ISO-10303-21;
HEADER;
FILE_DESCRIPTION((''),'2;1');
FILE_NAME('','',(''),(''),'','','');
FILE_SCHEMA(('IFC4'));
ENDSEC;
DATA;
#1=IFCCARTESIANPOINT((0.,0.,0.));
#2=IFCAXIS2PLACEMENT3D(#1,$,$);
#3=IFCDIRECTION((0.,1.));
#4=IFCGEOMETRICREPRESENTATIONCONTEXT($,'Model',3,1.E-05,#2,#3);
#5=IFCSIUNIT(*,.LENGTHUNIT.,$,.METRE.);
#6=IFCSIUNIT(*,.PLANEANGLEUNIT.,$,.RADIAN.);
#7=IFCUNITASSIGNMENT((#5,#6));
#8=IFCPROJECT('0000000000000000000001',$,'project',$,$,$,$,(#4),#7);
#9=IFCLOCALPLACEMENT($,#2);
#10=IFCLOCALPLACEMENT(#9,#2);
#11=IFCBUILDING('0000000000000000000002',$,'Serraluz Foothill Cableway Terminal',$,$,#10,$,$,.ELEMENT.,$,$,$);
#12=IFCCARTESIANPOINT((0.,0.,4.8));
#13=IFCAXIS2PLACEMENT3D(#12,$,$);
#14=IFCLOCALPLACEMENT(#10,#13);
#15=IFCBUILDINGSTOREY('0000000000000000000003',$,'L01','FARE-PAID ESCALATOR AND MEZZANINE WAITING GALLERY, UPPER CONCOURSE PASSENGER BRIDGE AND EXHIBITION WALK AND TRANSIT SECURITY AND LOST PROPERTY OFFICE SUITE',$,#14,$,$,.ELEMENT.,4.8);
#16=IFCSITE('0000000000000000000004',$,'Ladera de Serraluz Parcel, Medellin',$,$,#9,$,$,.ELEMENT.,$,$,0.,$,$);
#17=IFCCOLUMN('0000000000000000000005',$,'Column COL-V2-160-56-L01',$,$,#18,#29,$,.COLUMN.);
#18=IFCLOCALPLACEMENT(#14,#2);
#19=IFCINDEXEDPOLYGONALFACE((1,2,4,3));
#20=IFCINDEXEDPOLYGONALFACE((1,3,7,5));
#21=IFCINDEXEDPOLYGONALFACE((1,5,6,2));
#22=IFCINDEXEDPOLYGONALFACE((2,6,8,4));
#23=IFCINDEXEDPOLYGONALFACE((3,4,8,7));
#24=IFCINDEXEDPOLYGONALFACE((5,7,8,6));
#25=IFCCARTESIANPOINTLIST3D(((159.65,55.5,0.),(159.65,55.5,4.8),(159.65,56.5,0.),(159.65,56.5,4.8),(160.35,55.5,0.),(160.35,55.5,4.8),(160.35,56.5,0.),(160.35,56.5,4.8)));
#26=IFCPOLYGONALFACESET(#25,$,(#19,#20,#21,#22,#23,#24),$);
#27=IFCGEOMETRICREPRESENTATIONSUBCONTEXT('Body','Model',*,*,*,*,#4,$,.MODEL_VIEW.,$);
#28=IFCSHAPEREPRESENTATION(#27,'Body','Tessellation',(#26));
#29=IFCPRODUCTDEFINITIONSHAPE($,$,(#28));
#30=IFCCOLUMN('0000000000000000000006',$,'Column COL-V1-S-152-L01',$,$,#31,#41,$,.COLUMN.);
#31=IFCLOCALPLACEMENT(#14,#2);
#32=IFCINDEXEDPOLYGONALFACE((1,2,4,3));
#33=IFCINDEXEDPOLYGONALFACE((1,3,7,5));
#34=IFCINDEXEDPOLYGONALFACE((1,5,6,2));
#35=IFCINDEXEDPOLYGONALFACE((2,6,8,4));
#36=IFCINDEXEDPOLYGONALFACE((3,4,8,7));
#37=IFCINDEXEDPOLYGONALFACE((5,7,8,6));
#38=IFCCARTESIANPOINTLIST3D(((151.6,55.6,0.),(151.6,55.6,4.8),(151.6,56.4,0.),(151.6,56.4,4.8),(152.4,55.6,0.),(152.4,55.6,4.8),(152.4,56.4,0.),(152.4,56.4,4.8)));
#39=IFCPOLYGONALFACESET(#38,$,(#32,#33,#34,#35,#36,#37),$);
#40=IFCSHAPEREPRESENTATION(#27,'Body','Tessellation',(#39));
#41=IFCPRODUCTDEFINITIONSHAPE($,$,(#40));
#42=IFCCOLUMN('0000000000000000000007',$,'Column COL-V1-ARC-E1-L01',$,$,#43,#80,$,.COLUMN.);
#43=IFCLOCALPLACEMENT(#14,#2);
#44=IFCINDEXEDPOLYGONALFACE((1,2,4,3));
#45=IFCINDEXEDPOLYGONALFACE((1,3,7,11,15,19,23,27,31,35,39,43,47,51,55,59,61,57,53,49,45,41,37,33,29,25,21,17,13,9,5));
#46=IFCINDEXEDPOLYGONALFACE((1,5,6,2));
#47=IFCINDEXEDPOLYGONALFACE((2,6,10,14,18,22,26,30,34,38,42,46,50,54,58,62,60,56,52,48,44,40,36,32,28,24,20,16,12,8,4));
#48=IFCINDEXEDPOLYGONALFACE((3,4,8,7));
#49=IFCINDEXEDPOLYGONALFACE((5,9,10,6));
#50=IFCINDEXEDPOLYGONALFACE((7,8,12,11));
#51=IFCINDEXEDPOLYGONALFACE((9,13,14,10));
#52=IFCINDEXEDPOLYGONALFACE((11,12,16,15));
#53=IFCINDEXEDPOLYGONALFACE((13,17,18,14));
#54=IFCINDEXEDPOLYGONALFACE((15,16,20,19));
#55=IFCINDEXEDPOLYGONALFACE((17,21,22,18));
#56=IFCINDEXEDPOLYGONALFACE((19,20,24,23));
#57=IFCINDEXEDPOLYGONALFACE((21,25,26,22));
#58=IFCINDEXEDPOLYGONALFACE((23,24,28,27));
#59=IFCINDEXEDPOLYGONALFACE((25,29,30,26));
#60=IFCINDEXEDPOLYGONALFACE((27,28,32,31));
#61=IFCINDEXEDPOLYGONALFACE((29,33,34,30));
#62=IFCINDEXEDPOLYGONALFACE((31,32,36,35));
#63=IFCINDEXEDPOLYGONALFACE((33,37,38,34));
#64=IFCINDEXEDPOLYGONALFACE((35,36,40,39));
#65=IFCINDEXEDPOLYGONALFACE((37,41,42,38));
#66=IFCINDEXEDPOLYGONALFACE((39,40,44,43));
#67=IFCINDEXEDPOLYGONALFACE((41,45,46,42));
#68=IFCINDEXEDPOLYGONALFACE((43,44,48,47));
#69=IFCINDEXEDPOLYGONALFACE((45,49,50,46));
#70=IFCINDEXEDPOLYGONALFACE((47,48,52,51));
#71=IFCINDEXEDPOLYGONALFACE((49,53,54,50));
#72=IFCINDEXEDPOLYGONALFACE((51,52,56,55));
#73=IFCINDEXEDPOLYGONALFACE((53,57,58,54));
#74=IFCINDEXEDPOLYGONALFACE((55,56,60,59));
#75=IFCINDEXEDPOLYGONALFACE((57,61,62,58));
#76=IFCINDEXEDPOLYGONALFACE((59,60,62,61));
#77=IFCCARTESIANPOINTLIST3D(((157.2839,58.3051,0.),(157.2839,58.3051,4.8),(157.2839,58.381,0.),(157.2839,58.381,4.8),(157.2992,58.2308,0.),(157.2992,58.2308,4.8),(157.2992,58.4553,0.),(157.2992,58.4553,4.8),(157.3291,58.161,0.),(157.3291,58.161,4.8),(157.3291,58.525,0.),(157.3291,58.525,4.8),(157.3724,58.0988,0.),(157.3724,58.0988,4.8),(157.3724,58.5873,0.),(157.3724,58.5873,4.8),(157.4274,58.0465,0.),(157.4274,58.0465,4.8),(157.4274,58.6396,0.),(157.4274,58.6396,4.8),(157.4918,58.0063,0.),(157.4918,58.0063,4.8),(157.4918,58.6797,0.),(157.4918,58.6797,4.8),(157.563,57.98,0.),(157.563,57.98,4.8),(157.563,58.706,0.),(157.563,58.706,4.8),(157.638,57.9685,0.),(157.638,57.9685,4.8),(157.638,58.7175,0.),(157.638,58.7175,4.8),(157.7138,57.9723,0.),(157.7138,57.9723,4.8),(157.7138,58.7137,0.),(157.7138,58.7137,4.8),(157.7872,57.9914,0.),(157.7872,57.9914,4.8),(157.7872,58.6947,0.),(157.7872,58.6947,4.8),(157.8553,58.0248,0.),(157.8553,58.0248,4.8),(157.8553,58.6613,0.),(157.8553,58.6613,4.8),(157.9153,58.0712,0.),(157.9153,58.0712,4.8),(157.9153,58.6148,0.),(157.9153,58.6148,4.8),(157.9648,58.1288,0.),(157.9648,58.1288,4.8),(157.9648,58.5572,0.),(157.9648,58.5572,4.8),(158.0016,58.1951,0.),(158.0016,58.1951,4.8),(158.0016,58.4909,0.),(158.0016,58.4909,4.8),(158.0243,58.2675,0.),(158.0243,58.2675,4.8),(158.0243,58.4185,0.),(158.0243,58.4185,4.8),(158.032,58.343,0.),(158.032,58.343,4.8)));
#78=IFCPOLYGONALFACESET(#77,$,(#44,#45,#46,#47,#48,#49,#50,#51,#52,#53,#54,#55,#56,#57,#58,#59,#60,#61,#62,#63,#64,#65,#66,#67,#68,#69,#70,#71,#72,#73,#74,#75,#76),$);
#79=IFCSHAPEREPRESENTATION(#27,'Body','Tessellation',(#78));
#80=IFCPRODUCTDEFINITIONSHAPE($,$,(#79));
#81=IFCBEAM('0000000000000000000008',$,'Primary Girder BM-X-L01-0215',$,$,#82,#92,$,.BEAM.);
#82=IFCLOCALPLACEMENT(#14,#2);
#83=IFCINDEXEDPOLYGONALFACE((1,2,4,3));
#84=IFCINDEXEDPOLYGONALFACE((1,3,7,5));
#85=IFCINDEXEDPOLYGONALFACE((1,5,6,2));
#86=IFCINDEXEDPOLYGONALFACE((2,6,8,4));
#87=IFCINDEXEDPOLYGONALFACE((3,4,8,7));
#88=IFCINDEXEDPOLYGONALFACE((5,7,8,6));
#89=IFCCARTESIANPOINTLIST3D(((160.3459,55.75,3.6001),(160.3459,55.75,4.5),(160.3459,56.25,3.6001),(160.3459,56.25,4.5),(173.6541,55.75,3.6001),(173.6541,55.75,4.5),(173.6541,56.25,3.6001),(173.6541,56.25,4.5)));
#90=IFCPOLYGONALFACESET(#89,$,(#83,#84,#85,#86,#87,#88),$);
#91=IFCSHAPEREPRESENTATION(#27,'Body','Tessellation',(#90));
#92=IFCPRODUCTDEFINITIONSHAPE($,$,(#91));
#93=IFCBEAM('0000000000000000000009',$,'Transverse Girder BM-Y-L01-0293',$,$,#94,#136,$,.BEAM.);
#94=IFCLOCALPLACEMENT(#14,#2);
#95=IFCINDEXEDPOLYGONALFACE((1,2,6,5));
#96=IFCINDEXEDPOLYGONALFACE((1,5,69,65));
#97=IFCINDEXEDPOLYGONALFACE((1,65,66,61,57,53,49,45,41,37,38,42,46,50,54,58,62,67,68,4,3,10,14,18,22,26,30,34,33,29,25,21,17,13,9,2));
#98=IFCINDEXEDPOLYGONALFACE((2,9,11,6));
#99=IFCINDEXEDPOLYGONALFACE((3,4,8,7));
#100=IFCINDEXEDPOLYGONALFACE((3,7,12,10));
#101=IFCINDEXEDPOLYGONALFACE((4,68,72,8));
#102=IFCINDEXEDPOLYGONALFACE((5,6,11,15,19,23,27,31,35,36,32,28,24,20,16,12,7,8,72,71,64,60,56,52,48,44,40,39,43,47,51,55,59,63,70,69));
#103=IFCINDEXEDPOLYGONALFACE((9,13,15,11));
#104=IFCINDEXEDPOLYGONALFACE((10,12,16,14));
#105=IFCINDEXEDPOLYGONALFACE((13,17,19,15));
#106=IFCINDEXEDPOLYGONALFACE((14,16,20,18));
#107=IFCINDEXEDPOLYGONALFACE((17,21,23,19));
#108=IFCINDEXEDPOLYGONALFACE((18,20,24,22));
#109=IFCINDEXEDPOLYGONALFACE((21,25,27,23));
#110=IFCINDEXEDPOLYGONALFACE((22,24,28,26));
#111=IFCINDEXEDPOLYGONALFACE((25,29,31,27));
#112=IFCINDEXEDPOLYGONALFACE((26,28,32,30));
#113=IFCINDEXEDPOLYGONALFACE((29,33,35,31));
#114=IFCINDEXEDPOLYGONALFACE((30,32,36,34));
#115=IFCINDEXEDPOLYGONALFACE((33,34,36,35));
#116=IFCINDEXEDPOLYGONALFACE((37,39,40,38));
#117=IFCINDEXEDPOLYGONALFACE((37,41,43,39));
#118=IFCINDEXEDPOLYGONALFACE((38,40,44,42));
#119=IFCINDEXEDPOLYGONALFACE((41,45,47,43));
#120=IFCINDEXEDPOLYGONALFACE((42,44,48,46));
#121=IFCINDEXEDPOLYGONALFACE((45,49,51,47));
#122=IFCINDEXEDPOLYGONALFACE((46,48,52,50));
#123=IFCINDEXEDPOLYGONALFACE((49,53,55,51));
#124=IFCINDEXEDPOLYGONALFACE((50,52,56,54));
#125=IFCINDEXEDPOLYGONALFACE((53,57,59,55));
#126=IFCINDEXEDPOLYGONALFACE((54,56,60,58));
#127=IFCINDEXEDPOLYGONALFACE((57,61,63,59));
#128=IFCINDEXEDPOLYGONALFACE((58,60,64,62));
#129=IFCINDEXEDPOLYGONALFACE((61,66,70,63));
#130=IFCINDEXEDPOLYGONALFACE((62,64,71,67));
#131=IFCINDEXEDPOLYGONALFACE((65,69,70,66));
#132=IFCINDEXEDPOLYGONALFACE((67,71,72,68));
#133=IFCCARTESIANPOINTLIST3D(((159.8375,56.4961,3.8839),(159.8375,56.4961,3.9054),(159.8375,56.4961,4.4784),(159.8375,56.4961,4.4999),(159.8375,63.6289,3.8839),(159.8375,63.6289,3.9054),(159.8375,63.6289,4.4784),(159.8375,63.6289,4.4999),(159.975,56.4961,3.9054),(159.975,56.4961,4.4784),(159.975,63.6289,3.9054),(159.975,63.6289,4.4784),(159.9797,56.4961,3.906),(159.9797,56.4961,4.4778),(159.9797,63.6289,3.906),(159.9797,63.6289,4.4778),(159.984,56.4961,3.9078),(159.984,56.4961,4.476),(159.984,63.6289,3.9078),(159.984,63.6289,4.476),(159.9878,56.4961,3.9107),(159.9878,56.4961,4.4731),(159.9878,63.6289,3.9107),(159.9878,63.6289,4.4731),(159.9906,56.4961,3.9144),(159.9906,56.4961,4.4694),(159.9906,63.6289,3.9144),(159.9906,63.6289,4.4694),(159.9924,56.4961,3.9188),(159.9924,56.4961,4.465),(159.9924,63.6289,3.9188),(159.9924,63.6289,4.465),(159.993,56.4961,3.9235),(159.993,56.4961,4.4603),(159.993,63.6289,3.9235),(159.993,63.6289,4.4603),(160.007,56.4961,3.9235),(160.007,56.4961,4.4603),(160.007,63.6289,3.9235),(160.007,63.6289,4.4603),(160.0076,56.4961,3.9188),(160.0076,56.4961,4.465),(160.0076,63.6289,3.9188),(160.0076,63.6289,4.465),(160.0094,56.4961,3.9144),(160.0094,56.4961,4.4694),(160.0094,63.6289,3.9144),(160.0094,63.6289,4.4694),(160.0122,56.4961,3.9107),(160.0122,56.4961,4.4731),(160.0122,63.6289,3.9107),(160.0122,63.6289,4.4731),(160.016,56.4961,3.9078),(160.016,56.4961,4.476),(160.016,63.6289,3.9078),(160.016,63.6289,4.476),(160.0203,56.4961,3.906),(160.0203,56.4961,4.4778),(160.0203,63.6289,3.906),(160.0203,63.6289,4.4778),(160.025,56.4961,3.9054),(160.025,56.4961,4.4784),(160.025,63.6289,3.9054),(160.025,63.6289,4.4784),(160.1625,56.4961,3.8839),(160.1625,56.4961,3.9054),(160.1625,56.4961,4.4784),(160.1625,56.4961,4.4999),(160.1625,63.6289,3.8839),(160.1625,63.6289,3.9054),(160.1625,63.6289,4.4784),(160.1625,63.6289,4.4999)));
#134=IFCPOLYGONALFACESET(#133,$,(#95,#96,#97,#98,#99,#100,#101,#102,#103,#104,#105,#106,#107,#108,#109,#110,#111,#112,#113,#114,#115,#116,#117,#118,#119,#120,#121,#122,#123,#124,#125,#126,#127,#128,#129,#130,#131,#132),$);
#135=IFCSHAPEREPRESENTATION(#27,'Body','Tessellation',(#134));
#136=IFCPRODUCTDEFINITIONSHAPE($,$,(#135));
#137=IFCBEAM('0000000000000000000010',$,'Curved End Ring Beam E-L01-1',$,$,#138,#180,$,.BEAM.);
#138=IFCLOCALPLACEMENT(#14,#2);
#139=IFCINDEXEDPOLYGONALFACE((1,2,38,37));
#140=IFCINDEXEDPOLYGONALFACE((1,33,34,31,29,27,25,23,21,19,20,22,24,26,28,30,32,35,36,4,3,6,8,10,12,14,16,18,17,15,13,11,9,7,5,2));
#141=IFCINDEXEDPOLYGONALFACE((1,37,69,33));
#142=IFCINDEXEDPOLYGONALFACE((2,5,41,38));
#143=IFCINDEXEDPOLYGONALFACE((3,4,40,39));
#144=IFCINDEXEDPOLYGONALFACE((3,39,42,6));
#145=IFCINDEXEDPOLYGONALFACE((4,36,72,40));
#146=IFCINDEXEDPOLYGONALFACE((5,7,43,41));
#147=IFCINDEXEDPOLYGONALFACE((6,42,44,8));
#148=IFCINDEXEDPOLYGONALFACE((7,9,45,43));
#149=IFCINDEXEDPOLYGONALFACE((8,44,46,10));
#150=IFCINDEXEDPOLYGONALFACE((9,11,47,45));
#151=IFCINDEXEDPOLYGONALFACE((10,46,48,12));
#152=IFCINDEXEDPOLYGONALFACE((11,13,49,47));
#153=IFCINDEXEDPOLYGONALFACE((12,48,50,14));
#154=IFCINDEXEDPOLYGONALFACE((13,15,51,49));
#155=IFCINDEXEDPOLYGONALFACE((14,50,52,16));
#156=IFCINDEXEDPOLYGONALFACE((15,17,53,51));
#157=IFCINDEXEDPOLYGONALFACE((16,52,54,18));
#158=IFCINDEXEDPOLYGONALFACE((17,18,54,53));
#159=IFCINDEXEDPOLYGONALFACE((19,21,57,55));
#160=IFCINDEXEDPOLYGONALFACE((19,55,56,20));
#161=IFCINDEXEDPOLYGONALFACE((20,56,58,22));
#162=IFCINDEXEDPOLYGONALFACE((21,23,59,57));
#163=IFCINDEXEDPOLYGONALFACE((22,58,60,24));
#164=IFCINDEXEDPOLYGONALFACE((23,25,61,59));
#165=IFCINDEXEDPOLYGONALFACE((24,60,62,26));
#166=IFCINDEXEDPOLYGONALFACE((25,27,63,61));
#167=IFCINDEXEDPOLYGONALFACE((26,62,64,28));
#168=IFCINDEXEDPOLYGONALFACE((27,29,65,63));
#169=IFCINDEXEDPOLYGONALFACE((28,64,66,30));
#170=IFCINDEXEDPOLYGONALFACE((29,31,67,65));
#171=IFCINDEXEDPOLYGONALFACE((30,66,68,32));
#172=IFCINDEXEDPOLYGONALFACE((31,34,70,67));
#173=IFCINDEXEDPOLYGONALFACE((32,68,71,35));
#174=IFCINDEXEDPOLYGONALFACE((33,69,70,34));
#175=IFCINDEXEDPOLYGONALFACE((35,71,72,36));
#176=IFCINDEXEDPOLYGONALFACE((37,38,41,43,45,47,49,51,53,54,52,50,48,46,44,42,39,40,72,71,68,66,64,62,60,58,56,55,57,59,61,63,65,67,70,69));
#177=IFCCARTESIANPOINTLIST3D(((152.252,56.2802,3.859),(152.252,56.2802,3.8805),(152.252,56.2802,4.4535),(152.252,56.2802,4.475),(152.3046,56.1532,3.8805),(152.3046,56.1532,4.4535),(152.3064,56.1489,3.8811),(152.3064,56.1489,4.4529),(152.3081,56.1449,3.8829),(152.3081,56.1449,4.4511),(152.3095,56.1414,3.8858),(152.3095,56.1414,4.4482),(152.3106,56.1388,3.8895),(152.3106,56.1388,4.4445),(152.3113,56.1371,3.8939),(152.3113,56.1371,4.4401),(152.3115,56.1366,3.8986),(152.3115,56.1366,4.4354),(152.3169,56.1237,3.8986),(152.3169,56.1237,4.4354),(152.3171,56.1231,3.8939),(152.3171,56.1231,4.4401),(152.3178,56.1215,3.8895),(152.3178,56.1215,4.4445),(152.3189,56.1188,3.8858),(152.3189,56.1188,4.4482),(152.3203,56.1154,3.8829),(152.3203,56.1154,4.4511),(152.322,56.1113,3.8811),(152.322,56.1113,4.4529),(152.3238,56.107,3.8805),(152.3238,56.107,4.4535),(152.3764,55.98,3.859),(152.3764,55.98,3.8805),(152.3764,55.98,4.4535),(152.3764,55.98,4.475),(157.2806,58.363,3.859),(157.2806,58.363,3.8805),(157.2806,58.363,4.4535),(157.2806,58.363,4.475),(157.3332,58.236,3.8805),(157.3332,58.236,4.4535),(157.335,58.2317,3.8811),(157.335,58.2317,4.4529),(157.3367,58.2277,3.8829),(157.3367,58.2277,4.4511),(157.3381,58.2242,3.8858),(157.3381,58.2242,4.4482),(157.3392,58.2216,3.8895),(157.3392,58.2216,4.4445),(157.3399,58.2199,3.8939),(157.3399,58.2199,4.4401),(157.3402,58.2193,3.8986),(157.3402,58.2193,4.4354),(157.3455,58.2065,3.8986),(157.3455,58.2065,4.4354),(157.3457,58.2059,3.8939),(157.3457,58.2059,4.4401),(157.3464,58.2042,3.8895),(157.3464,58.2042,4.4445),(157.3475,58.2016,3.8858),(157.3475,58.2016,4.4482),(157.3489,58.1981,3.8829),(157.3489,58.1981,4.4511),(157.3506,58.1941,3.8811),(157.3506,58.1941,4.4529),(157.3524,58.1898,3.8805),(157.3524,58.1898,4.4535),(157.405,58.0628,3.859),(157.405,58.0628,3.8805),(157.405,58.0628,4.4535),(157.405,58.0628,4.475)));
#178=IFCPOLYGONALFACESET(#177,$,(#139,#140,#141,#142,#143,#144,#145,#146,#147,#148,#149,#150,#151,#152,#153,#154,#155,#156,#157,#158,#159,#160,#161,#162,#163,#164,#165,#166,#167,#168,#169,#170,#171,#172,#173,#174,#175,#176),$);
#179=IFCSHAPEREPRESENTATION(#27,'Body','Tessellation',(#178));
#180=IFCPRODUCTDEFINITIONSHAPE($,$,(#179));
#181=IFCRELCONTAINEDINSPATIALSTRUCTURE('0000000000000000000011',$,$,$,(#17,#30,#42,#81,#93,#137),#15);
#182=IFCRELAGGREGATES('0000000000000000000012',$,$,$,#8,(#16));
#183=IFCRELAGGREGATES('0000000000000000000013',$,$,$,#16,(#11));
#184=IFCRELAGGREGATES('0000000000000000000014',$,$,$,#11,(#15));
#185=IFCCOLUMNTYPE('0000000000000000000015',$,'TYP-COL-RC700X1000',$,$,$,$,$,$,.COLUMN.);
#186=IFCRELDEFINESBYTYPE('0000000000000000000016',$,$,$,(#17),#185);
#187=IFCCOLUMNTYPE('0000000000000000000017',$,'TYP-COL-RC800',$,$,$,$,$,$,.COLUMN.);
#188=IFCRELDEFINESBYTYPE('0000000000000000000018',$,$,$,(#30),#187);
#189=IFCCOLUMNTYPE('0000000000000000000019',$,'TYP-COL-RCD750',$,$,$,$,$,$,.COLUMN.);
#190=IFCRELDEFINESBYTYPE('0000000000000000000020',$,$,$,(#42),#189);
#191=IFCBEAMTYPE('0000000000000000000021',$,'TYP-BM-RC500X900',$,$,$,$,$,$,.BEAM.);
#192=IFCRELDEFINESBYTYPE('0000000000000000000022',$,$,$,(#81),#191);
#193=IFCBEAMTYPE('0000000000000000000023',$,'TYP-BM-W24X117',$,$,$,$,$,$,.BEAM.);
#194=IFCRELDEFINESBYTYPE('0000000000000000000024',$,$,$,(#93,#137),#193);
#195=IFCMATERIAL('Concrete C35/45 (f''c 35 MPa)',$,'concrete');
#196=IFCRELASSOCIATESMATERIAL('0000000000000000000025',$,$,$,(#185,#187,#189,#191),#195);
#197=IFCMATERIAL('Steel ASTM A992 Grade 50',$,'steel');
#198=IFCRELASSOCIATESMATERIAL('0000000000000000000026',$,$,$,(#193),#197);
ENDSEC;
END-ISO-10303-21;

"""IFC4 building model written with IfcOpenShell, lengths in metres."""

from ifc_helpers import new_model, si_unit, direction, frame, origin, origin_2d, place, context, subcontext, project, spatial, rectangle, circle, i_section, extrude, material, material_profile, profile_set, type_object, element, save


model = new_model("IFC4")

# Units and contexts
model_context = context("Model", 3, precision=1e-05, world=origin(), true_north=direction((0.0, 1.0)))
body_context = subcontext(model_context, "Body", "Model", "MODEL_VIEW")
ifc_project = project(units=[si_unit("LENGTHUNIT", "METRE"), si_unit("PLANEANGLEUNIT", "RADIAN")], contexts=[model_context])

# Site, building, storey
site_placement = place(None, origin())
site = spatial("IfcSite", under=ifc_project, at=site_placement, Name="Ladera de Serraluz Parcel, Medellin", CompositionType="ELEMENT", RefElevation=0.0)
building_placement = place(site_placement, origin())
building = spatial("IfcBuilding", under=site, at=building_placement, Name="Serraluz Foothill Cableway Terminal", CompositionType="ELEMENT")
storey_placement = place(building_placement, frame((0.0, 0.0, 4.8)))
storey = spatial("IfcBuildingStorey", under=building, at=storey_placement, Name="L01", Description="FARE-PAID ESCALATOR AND MEZZANINE WAITING GALLERY, UPPER CONCOURSE PASSENGER BRIDGE AND EXHIBITION WALK AND TRANSIT SECURITY AND LOST PROPERTY OFFICE SUITE", CompositionType="ELEMENT", Elevation=4.8)

# Columns
ifc_material_1 = material(Name="Concrete C35/45 (f'c 35 MPa)", Category="concrete")
ifc_material_profile_1 = material_profile(ifc_material_1, rectangle(XDim=0.7, YDim=1.0, at=origin_2d()), Name="RC 700x1000")
ifc_profile_set_1 = profile_set([ifc_material_profile_1], Name="Concrete C35/45 (f'c 35 MPa)")
column_type_1 = type_object("IfcColumnType", Name="TYP-COL-RC700X1000", PredefinedType="COLUMN", material=ifc_profile_set_1)
column_1_placement = place(storey_placement, frame((160.0, 56.0, 0.0), z_axis=(0.0, 0.0, 1.0), x_axis=(1.0, 0.0, 0.0)))
element("IfcColumn", 1, at=column_1_placement, inside=storey, type_object=column_type_1, Name="Column COL-V2-160-56-L01", PredefinedType="COLUMN", context=body_context, shape_type="SweptSolid", body=[
    extrude(rectangle(XDim=0.7, YDim=1.0, at=origin_2d()), origin(), (0.0, 0.0, 1.0), 4.8),
])
ifc_material_profile_2 = material_profile(ifc_material_1, rectangle(XDim=0.8, YDim=0.8, at=origin_2d()), Name="RC 800x800")
ifc_profile_set_2 = profile_set([ifc_material_profile_2], Name="Concrete C35/45 (f'c 35 MPa)")
column_type_2 = type_object("IfcColumnType", Name="TYP-COL-RC800", PredefinedType="COLUMN", material=ifc_profile_set_2)
column_2_placement = place(storey_placement, frame((152.0, 56.0, 0.0), z_axis=(0.0, 0.0, 1.0), x_axis=(1.0, 0.0, 0.0)))
element("IfcColumn", 2, at=column_2_placement, inside=storey, type_object=column_type_2, Name="Column COL-V1-S-152-L01", PredefinedType="COLUMN", context=body_context, shape_type="SweptSolid", body=[
    extrude(rectangle(XDim=0.8, YDim=0.8, at=origin_2d()), origin(), (0.0, 0.0, 1.0), 4.8),
])
ifc_material_profile_3 = material_profile(ifc_material_1, circle(Radius=0.375, at=origin_2d()), Name="RC D750")
ifc_profile_set_3 = profile_set([ifc_material_profile_3], Name="Concrete C35/45 (f'c 35 MPa)")
column_type_3 = type_object("IfcColumnType", Name="TYP-COL-RCD750", PredefinedType="COLUMN", material=ifc_profile_set_3)
column_3_placement = place(storey_placement, frame((157.657, 58.343, 0.0), z_axis=(0.0, 0.0, 1.0), x_axis=(1.0, 0.0, 0.0)))
element("IfcColumn", 3, at=column_3_placement, inside=storey, type_object=column_type_3, Name="Column COL-V1-ARC-E1-L01", PredefinedType="COLUMN", context=body_context, shape_type="SweptSolid", body=[
    extrude(circle(Radius=0.375, at=origin_2d()), origin(), (0.0, 0.0, 1.0), 4.8),
])

# Beams
ifc_material_profile_4 = material_profile(ifc_material_1, rectangle(XDim=0.5, YDim=0.8999, at=origin_2d()), Name="RC 500x900")
ifc_profile_set_4 = profile_set([ifc_material_profile_4], Name="Concrete C35/45 (f'c 35 MPa)")
beam_type_1 = type_object("IfcBeamType", Name="TYP-BM-RC500X900", PredefinedType="BEAM", material=ifc_profile_set_4)
beam_1_placement = place(storey_placement, frame((160.3459, 56.0, 4.05), z_axis=(1.0, 0.0, 0.0), x_axis=(0.0, 1.0, 0.0)))
element("IfcBeam", 4, at=beam_1_placement, inside=storey, type_object=beam_type_1, Name="Primary Girder BM-X-L01-0215", PredefinedType="BEAM", context=body_context, shape_type="SweptSolid", body=[
    extrude(rectangle(XDim=0.5, YDim=0.8999, at=origin_2d()), origin(), (0.0, 0.0, 1.0), 13.3081),
])
ifc_material_2 = material(Name="Steel ASTM A992 Grade 50", Category="steel")
ifc_material_profile_5 = material_profile(ifc_material_2, i_section(OverallWidth=0.325, OverallDepth=0.616, WebThickness=0.0139, FlangeThickness=0.0215, FilletRadius=0.0181, at=origin_2d()), Name="W24X117")
ifc_profile_set_5 = profile_set([ifc_material_profile_5], Name="Steel ASTM A992 Grade 50")
beam_type_2 = type_object("IfcBeamType", Name="TYP-BM-W24X117", PredefinedType="BEAM", material=ifc_profile_set_5)
beam_2_placement = place(storey_placement, frame((160.0, 56.4961, 4.1919), z_axis=(0.0, 1.0, 0.0), x_axis=(-1.0, 0.0, 0.0)))
element("IfcBeam", 5, at=beam_2_placement, inside=storey, type_object=beam_type_2, Name="Transverse Girder BM-Y-L01-0293", PredefinedType="BEAM", context=body_context, shape_type="SweptSolid", body=[
    extrude(i_section(OverallWidth=0.325, OverallDepth=0.616, WebThickness=0.0139, FlangeThickness=0.0215, FilletRadius=0.0181, at=origin_2d()), origin(), (0.0, 0.0, 1.0), 7.1328),
])
for number, where, z_axis, x_axis, name in (
    (6, (152.3142, 56.1301, 4.167), (0.923888, 0.382662, 0.0), (-0.382662, 0.923888, 0.0), "Curved End Ring Beam E-L01-1"),
):
    element("IfcBeam", number, at=place(storey_placement, frame(where, z_axis=z_axis, x_axis=x_axis)), inside=storey, type_object=beam_type_2, Name=name, PredefinedType="BEAM", context=body_context, shape_type="SweptSolid", body=[
        extrude(i_section(OverallWidth=0.325, OverallDepth=0.616, WebThickness=0.0139, FlangeThickness=0.0215, FilletRadius=0.0181, at=origin_2d()), origin(), (0.0, 0.0, 1.0), 5.4429),
    ])

save(model, "model.ifc")
